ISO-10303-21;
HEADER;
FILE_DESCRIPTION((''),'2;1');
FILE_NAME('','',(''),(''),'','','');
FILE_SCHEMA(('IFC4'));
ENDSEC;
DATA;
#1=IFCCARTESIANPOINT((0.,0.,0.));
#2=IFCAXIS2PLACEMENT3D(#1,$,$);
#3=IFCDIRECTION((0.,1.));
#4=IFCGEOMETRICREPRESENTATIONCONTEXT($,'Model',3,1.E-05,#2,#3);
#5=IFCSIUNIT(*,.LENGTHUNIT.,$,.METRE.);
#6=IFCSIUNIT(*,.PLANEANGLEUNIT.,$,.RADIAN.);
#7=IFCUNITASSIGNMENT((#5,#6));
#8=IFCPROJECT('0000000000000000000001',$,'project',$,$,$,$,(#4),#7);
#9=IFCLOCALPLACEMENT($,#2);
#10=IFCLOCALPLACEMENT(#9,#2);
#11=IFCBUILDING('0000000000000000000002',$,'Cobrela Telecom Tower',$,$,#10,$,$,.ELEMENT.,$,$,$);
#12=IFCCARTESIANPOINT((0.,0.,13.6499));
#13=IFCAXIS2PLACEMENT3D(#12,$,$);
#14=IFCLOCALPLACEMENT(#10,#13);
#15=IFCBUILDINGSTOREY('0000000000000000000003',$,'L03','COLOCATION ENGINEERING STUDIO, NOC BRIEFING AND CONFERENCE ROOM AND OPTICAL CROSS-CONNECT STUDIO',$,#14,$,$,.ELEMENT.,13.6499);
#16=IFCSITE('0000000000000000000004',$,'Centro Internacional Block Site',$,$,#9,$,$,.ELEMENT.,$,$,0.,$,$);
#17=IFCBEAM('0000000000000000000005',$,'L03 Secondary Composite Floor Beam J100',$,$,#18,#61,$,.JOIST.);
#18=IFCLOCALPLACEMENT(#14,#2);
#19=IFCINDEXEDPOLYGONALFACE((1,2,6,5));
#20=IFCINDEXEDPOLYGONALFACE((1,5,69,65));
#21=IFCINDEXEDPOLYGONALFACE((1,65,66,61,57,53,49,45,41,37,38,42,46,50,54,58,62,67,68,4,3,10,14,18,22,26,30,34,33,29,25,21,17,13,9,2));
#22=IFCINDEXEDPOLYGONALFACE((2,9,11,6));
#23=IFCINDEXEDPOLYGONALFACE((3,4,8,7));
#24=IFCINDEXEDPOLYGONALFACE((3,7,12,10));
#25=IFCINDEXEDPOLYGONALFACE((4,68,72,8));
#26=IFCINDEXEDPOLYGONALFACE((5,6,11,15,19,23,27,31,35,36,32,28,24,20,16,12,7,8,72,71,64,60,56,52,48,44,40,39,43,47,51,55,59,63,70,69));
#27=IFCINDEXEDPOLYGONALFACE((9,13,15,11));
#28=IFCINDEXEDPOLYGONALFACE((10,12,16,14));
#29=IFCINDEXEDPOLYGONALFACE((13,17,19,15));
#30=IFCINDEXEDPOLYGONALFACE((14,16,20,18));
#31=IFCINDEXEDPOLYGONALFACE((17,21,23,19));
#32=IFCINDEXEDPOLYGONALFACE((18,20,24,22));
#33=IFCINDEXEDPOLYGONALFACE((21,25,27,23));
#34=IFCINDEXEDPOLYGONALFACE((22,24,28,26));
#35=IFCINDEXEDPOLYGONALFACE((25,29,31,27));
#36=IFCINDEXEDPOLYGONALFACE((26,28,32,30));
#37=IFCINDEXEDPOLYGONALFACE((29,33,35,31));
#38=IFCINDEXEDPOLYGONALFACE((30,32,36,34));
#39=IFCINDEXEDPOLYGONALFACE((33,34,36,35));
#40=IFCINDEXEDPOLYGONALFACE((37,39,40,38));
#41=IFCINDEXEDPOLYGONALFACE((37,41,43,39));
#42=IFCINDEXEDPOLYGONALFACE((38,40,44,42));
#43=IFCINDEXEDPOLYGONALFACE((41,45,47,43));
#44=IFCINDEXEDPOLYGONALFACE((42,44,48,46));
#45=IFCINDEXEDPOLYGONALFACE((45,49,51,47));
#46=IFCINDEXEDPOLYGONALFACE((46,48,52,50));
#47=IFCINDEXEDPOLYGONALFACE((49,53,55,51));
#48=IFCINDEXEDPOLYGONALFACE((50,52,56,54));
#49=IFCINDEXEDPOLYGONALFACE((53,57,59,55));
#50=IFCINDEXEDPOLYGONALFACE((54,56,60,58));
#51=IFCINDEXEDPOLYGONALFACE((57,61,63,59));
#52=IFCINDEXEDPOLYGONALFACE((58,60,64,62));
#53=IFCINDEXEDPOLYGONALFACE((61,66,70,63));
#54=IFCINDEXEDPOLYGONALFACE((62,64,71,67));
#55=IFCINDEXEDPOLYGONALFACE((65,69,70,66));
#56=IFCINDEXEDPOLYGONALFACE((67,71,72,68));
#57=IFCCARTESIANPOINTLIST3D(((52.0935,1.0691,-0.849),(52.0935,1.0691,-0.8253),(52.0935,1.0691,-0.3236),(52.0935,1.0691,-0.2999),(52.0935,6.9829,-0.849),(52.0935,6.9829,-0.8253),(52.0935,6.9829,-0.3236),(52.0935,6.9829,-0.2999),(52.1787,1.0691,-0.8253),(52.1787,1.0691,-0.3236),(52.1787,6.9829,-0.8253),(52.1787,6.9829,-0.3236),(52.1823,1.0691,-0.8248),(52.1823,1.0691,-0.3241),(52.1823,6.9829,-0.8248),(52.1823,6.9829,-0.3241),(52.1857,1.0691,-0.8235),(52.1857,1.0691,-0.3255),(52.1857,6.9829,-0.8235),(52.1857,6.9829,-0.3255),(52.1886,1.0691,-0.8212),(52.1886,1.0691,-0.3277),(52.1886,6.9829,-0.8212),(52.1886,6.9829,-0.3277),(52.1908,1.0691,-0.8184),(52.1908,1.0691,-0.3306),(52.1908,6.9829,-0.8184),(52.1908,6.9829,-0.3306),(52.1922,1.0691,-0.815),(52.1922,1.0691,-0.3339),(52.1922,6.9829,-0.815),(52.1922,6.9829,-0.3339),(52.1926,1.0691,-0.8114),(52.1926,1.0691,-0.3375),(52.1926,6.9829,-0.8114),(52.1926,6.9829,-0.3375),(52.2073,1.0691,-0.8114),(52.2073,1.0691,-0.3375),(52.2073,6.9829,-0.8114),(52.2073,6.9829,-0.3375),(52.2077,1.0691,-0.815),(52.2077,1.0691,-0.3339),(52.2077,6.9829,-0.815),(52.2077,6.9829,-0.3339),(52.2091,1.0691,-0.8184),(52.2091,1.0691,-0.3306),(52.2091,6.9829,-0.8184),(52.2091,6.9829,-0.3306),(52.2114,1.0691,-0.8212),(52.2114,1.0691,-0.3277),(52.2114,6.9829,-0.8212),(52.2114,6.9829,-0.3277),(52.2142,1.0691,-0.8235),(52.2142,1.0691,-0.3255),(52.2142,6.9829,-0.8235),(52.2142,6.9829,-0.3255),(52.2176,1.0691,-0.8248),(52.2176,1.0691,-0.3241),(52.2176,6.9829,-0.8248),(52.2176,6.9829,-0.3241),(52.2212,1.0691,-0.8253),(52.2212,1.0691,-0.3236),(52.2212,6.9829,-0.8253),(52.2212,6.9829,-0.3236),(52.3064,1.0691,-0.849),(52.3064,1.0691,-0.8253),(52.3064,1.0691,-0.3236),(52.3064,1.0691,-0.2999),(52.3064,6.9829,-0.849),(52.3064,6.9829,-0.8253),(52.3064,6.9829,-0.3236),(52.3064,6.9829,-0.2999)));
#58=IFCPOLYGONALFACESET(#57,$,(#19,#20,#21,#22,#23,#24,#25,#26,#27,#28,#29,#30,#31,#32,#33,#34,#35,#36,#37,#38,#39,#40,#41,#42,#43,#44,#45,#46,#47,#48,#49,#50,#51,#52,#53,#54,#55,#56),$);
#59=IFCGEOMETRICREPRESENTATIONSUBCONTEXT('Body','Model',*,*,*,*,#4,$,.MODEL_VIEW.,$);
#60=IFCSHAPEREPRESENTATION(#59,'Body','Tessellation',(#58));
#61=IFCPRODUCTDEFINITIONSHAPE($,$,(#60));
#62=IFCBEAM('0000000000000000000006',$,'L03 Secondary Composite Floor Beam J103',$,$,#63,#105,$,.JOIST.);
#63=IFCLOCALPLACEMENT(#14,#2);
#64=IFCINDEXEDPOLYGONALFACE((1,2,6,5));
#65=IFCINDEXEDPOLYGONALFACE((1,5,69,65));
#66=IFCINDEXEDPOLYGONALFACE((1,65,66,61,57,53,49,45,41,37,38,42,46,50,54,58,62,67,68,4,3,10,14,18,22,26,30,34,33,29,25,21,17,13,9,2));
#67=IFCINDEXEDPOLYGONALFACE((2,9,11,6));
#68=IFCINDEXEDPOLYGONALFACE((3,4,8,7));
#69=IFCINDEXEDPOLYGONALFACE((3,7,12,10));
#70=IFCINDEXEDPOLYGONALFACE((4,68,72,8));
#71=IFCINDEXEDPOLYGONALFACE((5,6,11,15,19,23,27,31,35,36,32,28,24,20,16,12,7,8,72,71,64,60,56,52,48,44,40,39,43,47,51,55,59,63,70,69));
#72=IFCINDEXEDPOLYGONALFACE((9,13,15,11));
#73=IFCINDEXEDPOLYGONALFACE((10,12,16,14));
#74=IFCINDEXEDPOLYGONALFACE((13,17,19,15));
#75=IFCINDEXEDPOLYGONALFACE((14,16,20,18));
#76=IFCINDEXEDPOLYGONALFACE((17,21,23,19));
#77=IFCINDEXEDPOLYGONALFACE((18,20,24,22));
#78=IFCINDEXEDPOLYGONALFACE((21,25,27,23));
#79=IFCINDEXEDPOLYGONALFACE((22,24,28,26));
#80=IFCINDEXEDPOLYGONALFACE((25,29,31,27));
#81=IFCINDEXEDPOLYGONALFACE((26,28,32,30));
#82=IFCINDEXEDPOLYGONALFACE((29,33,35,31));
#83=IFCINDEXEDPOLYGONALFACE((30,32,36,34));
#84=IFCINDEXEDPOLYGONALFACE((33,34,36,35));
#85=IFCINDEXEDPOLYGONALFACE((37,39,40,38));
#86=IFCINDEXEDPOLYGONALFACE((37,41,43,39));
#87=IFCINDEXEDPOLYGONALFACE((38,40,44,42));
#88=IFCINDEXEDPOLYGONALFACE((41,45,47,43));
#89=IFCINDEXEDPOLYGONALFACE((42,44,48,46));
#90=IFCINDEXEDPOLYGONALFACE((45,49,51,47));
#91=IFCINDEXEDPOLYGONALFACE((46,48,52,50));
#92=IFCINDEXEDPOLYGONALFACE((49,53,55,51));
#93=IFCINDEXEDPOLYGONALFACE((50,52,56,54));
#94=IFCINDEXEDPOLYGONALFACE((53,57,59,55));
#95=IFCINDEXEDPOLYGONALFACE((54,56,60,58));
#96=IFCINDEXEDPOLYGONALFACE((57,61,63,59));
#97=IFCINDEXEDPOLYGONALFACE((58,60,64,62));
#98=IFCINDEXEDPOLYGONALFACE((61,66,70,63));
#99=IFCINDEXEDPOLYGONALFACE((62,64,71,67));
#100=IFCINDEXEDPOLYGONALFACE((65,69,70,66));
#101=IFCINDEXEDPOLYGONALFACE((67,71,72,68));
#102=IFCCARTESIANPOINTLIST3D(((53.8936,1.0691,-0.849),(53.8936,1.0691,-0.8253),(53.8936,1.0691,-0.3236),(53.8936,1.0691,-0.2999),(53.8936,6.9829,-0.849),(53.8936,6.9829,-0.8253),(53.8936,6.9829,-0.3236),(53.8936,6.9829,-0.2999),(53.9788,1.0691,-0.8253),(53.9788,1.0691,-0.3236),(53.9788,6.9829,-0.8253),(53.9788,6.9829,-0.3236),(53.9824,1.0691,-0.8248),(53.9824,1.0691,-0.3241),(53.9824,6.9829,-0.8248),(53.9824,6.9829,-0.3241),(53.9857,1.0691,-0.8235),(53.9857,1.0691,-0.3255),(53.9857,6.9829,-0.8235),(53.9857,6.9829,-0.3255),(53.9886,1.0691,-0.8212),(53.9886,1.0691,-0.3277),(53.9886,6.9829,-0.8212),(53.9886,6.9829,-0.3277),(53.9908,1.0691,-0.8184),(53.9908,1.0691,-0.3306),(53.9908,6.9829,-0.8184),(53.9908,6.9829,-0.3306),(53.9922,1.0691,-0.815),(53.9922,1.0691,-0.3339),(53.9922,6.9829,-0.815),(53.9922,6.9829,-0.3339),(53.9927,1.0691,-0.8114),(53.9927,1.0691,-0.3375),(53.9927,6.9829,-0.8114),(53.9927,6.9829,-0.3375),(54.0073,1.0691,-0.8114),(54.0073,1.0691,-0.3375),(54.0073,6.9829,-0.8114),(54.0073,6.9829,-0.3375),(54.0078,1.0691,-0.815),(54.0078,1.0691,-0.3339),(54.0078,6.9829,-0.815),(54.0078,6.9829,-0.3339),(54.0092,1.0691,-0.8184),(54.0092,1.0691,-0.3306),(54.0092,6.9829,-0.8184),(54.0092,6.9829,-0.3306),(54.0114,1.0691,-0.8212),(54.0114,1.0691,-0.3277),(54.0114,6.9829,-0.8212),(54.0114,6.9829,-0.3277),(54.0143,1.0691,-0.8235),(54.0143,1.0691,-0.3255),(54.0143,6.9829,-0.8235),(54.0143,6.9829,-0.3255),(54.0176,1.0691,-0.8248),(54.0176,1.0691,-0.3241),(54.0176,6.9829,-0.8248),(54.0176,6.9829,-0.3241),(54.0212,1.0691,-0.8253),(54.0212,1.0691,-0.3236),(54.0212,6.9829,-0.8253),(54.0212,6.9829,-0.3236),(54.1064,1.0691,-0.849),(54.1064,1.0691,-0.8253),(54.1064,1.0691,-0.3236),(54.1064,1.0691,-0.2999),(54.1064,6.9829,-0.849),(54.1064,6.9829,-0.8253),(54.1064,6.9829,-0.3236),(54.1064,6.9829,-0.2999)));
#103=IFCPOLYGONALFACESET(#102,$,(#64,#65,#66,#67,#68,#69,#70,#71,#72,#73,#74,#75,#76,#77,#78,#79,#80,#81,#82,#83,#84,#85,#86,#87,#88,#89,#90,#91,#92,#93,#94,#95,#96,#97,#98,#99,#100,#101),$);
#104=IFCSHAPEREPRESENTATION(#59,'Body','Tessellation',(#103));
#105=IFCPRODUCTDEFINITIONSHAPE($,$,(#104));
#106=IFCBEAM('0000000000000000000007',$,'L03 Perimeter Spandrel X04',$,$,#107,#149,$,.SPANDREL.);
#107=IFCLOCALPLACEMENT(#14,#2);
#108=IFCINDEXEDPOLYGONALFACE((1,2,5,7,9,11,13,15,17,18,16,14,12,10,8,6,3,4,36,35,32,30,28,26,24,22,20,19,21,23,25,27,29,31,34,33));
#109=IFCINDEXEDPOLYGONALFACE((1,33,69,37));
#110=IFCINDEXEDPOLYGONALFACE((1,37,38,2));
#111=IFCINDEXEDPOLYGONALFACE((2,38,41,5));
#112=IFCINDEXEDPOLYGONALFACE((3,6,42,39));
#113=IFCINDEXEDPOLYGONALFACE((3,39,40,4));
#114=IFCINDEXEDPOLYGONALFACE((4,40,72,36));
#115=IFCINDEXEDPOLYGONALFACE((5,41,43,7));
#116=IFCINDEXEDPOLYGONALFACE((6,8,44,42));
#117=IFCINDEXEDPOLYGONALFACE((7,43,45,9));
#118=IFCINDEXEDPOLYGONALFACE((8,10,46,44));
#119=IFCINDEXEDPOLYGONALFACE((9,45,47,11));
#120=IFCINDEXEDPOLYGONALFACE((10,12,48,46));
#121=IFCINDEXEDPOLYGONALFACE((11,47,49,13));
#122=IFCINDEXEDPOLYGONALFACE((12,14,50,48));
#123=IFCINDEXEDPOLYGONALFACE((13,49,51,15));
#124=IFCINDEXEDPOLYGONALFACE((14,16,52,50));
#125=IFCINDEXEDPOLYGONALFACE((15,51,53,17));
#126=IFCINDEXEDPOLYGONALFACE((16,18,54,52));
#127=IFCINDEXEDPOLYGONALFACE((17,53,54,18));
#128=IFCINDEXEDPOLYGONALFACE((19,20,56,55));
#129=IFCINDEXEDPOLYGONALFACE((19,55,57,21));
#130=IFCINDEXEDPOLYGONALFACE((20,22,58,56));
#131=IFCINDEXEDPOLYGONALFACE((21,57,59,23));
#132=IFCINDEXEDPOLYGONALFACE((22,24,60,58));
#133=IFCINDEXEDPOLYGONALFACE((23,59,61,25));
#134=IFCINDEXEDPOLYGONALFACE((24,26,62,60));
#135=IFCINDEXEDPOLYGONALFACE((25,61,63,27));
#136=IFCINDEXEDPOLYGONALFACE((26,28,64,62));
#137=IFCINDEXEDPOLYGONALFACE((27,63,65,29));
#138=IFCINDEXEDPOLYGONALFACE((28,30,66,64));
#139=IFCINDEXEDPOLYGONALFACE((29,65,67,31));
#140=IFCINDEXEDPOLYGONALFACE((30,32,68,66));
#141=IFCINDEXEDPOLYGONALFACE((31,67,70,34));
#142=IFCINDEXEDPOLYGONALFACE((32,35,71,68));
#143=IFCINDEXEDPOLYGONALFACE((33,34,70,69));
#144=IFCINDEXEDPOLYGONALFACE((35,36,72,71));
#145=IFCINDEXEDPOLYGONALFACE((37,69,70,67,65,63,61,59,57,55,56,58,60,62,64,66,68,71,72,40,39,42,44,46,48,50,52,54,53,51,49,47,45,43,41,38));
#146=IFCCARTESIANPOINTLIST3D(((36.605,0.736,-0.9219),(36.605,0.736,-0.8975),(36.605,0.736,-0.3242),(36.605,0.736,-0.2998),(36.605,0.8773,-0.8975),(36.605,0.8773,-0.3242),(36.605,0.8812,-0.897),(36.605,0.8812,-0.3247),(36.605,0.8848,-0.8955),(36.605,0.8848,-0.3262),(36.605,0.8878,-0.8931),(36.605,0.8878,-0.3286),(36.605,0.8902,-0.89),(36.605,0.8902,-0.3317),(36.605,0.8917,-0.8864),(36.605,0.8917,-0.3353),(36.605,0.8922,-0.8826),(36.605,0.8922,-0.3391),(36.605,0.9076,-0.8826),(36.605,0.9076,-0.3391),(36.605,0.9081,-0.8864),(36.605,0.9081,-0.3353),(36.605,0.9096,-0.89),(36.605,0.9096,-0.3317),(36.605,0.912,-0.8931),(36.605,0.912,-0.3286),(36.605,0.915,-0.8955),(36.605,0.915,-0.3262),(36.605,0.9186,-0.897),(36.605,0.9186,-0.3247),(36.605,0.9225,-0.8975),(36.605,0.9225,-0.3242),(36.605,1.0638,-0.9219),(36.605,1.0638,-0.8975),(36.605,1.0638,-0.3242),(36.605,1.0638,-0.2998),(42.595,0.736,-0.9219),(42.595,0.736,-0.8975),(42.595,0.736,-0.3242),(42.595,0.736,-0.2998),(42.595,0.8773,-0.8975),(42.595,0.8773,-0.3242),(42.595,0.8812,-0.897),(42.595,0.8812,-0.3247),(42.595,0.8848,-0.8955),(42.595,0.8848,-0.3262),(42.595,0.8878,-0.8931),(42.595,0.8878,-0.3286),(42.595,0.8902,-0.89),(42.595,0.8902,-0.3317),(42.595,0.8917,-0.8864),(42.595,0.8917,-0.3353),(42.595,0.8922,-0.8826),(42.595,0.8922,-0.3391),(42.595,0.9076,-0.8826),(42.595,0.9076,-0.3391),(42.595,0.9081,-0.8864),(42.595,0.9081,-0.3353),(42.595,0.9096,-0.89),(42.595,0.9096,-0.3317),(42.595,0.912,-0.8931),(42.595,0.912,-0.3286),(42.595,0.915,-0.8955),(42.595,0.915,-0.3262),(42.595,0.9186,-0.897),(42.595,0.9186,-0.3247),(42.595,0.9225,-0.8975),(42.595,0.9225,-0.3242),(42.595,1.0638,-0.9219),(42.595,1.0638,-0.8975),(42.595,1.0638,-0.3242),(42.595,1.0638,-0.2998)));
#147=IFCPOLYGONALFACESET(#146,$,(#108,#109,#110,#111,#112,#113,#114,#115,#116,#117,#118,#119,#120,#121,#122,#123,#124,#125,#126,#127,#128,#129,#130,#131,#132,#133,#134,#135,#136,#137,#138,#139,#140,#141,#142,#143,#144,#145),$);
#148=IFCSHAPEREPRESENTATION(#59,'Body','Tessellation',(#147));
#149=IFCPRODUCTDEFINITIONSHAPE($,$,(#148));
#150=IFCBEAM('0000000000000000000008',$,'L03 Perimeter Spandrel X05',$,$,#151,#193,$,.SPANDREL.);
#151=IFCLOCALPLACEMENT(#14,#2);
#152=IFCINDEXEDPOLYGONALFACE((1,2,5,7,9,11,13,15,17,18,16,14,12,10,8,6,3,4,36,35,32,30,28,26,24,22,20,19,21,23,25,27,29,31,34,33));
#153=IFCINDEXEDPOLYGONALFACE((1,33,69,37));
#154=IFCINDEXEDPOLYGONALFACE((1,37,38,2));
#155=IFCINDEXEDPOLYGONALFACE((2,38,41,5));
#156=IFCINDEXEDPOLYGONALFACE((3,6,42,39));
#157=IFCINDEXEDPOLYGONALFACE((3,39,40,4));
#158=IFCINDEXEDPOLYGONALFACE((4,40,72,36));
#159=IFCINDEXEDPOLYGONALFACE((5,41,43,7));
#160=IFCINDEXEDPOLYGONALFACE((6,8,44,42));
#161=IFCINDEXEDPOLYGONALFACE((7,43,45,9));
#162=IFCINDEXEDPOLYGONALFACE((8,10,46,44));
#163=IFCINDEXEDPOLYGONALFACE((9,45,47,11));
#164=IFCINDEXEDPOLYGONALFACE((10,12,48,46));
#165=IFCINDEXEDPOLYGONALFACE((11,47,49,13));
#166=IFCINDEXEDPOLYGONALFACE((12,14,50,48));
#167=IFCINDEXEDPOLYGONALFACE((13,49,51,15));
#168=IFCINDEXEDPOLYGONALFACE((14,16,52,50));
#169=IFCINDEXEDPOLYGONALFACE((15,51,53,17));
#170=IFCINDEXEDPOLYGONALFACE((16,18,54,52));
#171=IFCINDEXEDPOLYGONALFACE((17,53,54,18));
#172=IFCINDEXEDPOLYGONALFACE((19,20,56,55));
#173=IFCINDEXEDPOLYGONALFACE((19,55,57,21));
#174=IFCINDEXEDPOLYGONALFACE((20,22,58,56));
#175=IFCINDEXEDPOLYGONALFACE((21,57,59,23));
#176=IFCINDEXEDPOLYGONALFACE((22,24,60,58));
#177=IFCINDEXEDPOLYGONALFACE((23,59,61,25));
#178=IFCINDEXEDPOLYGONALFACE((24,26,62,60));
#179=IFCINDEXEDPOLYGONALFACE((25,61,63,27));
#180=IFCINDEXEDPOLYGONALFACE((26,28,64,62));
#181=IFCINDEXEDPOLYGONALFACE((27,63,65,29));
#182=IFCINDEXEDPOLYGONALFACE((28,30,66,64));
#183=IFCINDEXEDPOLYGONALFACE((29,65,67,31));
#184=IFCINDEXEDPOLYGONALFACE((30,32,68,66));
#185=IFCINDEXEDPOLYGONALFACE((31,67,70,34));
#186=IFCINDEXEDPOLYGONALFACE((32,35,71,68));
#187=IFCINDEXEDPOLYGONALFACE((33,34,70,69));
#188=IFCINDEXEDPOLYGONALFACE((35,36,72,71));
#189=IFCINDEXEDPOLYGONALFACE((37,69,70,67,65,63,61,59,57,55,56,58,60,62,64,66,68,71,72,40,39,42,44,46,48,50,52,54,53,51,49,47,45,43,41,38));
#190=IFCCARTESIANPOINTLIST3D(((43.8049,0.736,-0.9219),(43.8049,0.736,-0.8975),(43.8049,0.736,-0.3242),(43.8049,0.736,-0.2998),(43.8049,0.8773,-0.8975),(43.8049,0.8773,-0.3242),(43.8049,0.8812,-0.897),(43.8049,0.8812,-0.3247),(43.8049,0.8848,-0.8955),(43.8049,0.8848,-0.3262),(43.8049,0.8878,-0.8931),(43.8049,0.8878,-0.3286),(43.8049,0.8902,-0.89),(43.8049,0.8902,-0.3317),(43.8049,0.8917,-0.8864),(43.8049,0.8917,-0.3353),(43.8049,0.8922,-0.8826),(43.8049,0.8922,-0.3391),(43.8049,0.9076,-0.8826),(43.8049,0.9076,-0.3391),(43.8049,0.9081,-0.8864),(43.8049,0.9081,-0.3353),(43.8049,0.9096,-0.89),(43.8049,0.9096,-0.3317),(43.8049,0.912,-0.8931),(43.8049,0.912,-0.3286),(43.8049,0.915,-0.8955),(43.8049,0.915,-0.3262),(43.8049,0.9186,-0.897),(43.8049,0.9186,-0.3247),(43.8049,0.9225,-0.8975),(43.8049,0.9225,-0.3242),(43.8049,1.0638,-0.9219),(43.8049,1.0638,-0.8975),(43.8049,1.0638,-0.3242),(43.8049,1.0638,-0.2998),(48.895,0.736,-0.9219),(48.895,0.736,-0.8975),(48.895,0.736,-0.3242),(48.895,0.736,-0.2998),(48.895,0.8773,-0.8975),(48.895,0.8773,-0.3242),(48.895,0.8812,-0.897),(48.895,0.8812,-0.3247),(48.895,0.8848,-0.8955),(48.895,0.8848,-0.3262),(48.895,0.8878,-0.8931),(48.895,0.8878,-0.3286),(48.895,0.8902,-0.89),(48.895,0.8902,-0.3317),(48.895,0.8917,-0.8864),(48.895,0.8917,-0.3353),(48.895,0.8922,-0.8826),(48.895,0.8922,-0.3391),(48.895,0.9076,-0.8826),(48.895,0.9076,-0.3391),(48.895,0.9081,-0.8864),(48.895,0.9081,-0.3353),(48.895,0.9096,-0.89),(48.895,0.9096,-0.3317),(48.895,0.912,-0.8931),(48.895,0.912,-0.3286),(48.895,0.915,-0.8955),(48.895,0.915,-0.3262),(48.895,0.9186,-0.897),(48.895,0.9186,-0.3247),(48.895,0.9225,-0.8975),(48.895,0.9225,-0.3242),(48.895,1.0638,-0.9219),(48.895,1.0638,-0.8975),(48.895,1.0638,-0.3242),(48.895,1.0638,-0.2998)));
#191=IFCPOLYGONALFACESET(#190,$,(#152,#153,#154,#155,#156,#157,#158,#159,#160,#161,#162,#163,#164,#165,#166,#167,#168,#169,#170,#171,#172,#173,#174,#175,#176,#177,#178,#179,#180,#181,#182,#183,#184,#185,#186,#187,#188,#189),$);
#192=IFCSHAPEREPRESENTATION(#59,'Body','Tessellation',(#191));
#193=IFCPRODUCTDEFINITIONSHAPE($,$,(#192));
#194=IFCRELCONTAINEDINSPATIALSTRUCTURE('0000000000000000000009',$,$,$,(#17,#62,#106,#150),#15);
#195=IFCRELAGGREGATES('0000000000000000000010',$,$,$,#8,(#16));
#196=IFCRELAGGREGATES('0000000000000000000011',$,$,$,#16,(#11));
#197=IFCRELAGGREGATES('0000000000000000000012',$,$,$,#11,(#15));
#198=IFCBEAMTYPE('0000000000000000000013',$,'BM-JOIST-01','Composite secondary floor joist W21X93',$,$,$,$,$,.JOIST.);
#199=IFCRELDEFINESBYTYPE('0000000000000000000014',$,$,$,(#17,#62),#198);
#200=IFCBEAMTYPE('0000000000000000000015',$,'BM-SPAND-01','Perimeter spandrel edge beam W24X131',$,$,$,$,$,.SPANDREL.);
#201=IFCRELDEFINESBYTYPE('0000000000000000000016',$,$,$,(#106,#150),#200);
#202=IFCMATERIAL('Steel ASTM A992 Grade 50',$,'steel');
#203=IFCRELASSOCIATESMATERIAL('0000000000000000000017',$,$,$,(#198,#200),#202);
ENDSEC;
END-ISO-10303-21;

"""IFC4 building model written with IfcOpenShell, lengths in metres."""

from ifc_helpers import new_model, si_unit, direction, frame, origin, origin_2d, place, context, subcontext, project, spatial, i_section, extrude, material, material_profile, profile_set, type_object, element, save


model = new_model("IFC4")

# Units and contexts
model_context = context("Model", 3, precision=1e-05, world=origin(), true_north=direction((0.0, 1.0)))
body_context = subcontext(model_context, "Body", "Model", "MODEL_VIEW")
ifc_project = project(units=[si_unit("LENGTHUNIT", "METRE"), si_unit("PLANEANGLEUNIT", "RADIAN")], contexts=[model_context])

# Site, building, storey
site_placement = place(None, origin())
site = spatial("IfcSite", under=ifc_project, at=site_placement, Name="Centro Internacional Block Site", CompositionType="ELEMENT", RefElevation=0.0)
building_placement = place(site_placement, origin())
building = spatial("IfcBuilding", under=site, at=building_placement, Name="Cobrela Telecom Tower", CompositionType="ELEMENT")
storey_placement = place(building_placement, frame((0.0, 0.0, 13.6499)))
storey = spatial("IfcBuildingStorey", under=building, at=storey_placement, Name="L03", Description="COLOCATION ENGINEERING STUDIO, NOC BRIEFING AND CONFERENCE ROOM AND OPTICAL CROSS-CONNECT STUDIO", CompositionType="ELEMENT", Elevation=13.6499)

# Beams
ifc_material_1 = material(Name="Steel ASTM A992 Grade 50", Category="steel")
ifc_material_profile_1 = material_profile(ifc_material_1, i_section(OverallWidth=0.2129, OverallDepth=0.5491, WebThickness=0.0146, FlangeThickness=0.0237, FilletRadius=0.0139, at=origin_2d()), Name="W21X93")
ifc_profile_set_1 = profile_set([ifc_material_profile_1], Name="Steel ASTM A992 Grade 50")
beam_type_1 = type_object("IfcBeamType", Name="BM-JOIST-01", Description="Composite secondary floor joist W21X93", PredefinedType="JOIST", material=ifc_profile_set_1)
for number, where, z_axis, x_axis, name in (
    (1, (52.2, 1.0691, -0.5745), (0.0, 1.0, 0.0), (-1.0, 0.0, 0.0), "L03 Secondary Composite Floor Beam J100"),
    (2, (54.0, 1.0691, -0.5745), (0.0, 1.0, 0.0), (-1.0, 0.0, 0.0), "L03 Secondary Composite Floor Beam J103"),
):
    element("IfcBeam", number, at=place(storey_placement, frame(where, z_axis=z_axis, x_axis=x_axis)), inside=storey, type_object=beam_type_1, Name=name, PredefinedType="JOIST", context=body_context, shape_type="SweptSolid", body=[
        extrude(i_section(OverallWidth=0.2129, OverallDepth=0.5491, WebThickness=0.0146, FlangeThickness=0.0237, FilletRadius=0.0139, at=origin_2d()), origin(), (0.0, 0.0, 1.0), 5.9138),
    ])
ifc_material_profile_2 = material_profile(ifc_material_1, i_section(OverallWidth=0.3279, OverallDepth=0.6221, WebThickness=0.0154, FlangeThickness=0.0244, FilletRadius=0.0149, at=origin_2d()), Name="W24X131")
ifc_profile_set_2 = profile_set([ifc_material_profile_2], Name="Steel ASTM A992 Grade 50")
beam_type_2 = type_object("IfcBeamType", Name="BM-SPAND-01", Description="Perimeter spandrel edge beam W24X131", PredefinedType="SPANDREL", material=ifc_profile_set_2)
beam_1_placement = place(storey_placement, frame((36.605, 0.8999, -0.6108), z_axis=(1.0, 0.0, 0.0), x_axis=(0.0, 1.0, 0.0)))
element("IfcBeam", 3, at=beam_1_placement, inside=storey, type_object=beam_type_2, Name="L03 Perimeter Spandrel X04", PredefinedType="SPANDREL", context=body_context, shape_type="SweptSolid", body=[
    extrude(i_section(OverallWidth=0.3279, OverallDepth=0.6221, WebThickness=0.0154, FlangeThickness=0.0244, FilletRadius=0.0149, at=origin_2d()), origin(), (0.0, 0.0, 1.0), 5.99),
])
beam_2_placement = place(storey_placement, frame((43.8049, 0.8999, -0.6108), z_axis=(1.0, 0.0, 0.0), x_axis=(0.0, 1.0, 0.0)))
element("IfcBeam", 4, at=beam_2_placement, inside=storey, type_object=beam_type_2, Name="L03 Perimeter Spandrel X05", PredefinedType="SPANDREL", context=body_context, shape_type="SweptSolid", body=[
    extrude(i_section(OverallWidth=0.3279, OverallDepth=0.6221, WebThickness=0.0154, FlangeThickness=0.0244, FilletRadius=0.0149, at=origin_2d()), origin(), (0.0, 0.0, 1.0), 5.0901),
])

save(model, "model.ifc")
